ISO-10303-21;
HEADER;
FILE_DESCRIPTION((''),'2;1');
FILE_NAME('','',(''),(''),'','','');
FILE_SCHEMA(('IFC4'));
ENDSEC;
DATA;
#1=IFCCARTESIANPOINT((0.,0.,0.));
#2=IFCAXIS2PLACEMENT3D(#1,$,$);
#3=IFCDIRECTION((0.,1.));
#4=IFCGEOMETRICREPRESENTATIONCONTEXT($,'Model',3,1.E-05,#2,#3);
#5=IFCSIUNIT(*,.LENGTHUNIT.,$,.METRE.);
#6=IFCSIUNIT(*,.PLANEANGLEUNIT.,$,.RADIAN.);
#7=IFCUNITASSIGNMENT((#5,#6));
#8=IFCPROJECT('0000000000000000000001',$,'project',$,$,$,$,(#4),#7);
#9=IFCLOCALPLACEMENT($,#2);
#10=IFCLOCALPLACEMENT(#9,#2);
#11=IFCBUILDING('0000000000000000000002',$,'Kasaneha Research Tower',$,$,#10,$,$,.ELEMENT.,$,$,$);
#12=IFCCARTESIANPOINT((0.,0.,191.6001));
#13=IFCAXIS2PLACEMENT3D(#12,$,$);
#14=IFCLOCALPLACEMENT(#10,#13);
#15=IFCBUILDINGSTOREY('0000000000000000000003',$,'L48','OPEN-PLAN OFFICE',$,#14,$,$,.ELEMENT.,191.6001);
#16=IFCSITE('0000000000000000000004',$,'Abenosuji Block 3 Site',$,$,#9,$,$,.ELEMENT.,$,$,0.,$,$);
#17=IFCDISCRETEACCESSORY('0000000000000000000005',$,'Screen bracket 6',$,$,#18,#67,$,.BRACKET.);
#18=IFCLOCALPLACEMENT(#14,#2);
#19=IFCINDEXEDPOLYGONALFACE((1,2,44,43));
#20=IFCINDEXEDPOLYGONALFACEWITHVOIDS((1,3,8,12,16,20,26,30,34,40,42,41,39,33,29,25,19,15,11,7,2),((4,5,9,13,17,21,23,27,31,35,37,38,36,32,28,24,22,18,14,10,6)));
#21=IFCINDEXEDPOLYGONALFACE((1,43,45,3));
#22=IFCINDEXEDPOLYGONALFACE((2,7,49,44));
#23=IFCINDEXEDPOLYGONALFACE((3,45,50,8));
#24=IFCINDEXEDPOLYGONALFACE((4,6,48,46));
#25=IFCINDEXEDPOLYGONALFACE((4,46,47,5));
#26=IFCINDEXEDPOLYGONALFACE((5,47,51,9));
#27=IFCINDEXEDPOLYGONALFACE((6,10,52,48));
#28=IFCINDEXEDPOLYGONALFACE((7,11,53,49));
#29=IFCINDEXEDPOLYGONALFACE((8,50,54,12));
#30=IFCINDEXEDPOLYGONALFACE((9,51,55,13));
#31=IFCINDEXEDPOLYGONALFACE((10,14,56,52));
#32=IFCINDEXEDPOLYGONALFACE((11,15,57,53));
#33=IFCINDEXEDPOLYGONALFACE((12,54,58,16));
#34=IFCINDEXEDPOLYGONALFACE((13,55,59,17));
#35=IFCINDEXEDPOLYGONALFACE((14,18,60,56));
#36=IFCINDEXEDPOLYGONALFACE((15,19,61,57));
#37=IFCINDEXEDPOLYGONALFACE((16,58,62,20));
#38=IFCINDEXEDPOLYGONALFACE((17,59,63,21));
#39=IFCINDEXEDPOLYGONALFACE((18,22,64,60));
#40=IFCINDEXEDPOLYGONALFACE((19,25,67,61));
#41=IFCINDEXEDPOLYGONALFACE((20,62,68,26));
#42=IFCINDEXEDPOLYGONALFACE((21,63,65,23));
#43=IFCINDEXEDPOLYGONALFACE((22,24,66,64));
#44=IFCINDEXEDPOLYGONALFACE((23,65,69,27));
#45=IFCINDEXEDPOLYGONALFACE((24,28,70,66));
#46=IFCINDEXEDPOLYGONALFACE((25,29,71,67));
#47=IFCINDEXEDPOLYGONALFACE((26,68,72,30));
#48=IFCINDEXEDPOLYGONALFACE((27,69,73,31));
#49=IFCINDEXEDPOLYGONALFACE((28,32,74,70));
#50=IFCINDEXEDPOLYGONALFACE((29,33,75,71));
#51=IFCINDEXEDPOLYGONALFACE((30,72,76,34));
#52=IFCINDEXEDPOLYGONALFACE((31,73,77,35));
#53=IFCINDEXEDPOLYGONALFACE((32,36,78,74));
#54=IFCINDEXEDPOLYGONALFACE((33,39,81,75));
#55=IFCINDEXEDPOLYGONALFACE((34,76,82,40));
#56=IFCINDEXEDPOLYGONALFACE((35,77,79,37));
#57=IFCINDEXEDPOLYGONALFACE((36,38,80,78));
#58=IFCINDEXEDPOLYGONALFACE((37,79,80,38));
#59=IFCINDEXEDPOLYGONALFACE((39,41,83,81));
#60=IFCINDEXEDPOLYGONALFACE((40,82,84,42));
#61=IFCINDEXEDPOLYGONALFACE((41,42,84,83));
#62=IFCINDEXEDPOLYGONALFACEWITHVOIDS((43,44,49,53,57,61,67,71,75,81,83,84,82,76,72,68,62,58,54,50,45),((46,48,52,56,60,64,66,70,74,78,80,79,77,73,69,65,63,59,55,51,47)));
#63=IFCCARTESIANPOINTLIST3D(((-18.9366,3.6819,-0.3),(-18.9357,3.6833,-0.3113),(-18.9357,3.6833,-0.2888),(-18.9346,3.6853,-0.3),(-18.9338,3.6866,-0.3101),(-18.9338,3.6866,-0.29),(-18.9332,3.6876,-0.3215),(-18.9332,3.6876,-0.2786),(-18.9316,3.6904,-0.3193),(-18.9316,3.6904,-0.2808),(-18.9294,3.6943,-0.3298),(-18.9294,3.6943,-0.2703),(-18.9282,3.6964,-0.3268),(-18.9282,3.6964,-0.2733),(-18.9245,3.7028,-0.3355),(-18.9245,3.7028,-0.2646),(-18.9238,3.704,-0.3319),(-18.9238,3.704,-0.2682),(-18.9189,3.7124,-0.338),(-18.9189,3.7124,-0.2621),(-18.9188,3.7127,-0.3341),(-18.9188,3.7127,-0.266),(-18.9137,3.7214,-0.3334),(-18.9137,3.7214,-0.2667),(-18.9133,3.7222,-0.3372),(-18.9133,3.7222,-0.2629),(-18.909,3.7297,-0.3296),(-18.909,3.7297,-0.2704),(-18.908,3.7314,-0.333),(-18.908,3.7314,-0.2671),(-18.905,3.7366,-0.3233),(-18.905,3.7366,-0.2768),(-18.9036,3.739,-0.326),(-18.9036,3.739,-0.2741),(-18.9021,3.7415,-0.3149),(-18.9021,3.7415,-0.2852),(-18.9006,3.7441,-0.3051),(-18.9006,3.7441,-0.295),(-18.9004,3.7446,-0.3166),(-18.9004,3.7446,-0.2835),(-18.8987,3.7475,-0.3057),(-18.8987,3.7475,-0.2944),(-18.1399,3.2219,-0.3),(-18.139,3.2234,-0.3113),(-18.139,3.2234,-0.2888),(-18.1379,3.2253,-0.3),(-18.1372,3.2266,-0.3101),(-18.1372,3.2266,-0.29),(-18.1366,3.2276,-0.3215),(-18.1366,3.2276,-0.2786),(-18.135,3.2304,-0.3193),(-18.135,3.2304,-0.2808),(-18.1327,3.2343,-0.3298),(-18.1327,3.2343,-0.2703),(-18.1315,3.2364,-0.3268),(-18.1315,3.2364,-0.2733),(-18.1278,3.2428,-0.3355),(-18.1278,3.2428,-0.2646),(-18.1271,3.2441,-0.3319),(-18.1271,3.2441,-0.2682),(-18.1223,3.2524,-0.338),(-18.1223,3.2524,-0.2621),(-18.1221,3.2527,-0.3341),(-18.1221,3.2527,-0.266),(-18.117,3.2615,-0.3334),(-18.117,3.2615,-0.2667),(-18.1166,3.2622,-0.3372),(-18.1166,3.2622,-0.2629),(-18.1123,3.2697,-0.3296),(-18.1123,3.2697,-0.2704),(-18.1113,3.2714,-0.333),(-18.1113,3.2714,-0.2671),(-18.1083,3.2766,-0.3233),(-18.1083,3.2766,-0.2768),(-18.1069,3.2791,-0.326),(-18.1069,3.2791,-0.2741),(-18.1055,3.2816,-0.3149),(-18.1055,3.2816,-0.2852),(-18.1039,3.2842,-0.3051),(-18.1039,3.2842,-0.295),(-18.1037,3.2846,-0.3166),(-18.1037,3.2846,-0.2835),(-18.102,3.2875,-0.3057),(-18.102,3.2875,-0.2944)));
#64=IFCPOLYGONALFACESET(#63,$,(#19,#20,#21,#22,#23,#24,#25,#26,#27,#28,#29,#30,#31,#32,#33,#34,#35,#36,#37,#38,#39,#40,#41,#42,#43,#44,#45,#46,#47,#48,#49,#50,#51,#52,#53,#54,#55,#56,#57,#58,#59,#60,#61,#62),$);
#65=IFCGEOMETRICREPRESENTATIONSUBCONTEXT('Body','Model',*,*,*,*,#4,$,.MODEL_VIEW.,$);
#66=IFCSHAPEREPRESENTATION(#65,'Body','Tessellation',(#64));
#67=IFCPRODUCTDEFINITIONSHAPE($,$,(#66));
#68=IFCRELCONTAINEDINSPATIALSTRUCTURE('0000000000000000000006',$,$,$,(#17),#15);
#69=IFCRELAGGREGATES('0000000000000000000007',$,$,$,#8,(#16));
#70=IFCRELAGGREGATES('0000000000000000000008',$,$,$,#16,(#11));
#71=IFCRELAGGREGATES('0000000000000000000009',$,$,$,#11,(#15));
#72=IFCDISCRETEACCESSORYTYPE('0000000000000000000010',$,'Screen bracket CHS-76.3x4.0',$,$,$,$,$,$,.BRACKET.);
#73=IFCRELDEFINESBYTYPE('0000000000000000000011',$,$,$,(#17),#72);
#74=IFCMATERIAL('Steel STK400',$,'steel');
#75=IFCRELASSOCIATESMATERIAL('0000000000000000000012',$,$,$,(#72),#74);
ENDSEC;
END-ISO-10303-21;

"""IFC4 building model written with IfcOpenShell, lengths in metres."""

from ifc_helpers import new_model, si_unit, direction, frame, origin, origin_2d, place, context, subcontext, project, spatial, hollow_circle, extrude, material, material_profile, profile_set, type_object, element, save


model = new_model("IFC4")

# Units and contexts
model_context = context("Model", 3, precision=1e-05, world=origin(), true_north=direction((0.0, 1.0)))
body_context = subcontext(model_context, "Body", "Model", "MODEL_VIEW")
ifc_project = project(units=[si_unit("LENGTHUNIT", "METRE"), si_unit("PLANEANGLEUNIT", "RADIAN")], contexts=[model_context])

# Site, building, storey
site_placement = place(None, origin())
site = spatial("IfcSite", under=ifc_project, at=site_placement, Name="Abenosuji Block 3 Site", CompositionType="ELEMENT", RefElevation=0.0)
building_placement = place(site_placement, origin())
building = spatial("IfcBuilding", under=site, at=building_placement, Name="Kasaneha Research Tower", CompositionType="ELEMENT")
storey_placement = place(building_placement, frame((0.0, 0.0, 191.6001)))
storey = spatial("IfcBuildingStorey", under=building, at=storey_placement, Name="L48", Description="OPEN-PLAN OFFICE", CompositionType="ELEMENT", Elevation=191.6001)

# Discrete accessory
ifc_material_1 = material(Name="Steel STK400", Category="steel")
ifc_material_profile_1 = material_profile(ifc_material_1, hollow_circle(Radius=0.0381, WallThickness=0.0039, at=origin_2d()), Name="CHS-76.3x4.0")
ifc_profile_set_1 = profile_set([ifc_material_profile_1], Name="Steel STK400")
discrete_accessory_type = type_object("IfcDiscreteAccessoryType", Name="Screen bracket CHS-76.3x4.0", PredefinedType="BRACKET", material=ifc_profile_set_1)
for number, where, z_axis, x_axis, name in (
    (1, (-18.1208, 3.2549, -0.3), (-0.866013, 0.500021, 0.0), (-0.500021, -0.866013, 0.0), "Screen bracket 6"),
):
    element("IfcDiscreteAccessory", number, at=place(storey_placement, frame(where, z_axis=z_axis, x_axis=x_axis)), inside=storey, type_object=discrete_accessory_type, Name=name, PredefinedType="BRACKET", context=body_context, shape_type="SweptSolid", body=[
        extrude(hollow_circle(Radius=0.0381, WallThickness=0.0039, at=origin_2d()), origin(), (0.0, 0.0, 1.0), 0.9199),
    ])

save(model, "model.ifc")
